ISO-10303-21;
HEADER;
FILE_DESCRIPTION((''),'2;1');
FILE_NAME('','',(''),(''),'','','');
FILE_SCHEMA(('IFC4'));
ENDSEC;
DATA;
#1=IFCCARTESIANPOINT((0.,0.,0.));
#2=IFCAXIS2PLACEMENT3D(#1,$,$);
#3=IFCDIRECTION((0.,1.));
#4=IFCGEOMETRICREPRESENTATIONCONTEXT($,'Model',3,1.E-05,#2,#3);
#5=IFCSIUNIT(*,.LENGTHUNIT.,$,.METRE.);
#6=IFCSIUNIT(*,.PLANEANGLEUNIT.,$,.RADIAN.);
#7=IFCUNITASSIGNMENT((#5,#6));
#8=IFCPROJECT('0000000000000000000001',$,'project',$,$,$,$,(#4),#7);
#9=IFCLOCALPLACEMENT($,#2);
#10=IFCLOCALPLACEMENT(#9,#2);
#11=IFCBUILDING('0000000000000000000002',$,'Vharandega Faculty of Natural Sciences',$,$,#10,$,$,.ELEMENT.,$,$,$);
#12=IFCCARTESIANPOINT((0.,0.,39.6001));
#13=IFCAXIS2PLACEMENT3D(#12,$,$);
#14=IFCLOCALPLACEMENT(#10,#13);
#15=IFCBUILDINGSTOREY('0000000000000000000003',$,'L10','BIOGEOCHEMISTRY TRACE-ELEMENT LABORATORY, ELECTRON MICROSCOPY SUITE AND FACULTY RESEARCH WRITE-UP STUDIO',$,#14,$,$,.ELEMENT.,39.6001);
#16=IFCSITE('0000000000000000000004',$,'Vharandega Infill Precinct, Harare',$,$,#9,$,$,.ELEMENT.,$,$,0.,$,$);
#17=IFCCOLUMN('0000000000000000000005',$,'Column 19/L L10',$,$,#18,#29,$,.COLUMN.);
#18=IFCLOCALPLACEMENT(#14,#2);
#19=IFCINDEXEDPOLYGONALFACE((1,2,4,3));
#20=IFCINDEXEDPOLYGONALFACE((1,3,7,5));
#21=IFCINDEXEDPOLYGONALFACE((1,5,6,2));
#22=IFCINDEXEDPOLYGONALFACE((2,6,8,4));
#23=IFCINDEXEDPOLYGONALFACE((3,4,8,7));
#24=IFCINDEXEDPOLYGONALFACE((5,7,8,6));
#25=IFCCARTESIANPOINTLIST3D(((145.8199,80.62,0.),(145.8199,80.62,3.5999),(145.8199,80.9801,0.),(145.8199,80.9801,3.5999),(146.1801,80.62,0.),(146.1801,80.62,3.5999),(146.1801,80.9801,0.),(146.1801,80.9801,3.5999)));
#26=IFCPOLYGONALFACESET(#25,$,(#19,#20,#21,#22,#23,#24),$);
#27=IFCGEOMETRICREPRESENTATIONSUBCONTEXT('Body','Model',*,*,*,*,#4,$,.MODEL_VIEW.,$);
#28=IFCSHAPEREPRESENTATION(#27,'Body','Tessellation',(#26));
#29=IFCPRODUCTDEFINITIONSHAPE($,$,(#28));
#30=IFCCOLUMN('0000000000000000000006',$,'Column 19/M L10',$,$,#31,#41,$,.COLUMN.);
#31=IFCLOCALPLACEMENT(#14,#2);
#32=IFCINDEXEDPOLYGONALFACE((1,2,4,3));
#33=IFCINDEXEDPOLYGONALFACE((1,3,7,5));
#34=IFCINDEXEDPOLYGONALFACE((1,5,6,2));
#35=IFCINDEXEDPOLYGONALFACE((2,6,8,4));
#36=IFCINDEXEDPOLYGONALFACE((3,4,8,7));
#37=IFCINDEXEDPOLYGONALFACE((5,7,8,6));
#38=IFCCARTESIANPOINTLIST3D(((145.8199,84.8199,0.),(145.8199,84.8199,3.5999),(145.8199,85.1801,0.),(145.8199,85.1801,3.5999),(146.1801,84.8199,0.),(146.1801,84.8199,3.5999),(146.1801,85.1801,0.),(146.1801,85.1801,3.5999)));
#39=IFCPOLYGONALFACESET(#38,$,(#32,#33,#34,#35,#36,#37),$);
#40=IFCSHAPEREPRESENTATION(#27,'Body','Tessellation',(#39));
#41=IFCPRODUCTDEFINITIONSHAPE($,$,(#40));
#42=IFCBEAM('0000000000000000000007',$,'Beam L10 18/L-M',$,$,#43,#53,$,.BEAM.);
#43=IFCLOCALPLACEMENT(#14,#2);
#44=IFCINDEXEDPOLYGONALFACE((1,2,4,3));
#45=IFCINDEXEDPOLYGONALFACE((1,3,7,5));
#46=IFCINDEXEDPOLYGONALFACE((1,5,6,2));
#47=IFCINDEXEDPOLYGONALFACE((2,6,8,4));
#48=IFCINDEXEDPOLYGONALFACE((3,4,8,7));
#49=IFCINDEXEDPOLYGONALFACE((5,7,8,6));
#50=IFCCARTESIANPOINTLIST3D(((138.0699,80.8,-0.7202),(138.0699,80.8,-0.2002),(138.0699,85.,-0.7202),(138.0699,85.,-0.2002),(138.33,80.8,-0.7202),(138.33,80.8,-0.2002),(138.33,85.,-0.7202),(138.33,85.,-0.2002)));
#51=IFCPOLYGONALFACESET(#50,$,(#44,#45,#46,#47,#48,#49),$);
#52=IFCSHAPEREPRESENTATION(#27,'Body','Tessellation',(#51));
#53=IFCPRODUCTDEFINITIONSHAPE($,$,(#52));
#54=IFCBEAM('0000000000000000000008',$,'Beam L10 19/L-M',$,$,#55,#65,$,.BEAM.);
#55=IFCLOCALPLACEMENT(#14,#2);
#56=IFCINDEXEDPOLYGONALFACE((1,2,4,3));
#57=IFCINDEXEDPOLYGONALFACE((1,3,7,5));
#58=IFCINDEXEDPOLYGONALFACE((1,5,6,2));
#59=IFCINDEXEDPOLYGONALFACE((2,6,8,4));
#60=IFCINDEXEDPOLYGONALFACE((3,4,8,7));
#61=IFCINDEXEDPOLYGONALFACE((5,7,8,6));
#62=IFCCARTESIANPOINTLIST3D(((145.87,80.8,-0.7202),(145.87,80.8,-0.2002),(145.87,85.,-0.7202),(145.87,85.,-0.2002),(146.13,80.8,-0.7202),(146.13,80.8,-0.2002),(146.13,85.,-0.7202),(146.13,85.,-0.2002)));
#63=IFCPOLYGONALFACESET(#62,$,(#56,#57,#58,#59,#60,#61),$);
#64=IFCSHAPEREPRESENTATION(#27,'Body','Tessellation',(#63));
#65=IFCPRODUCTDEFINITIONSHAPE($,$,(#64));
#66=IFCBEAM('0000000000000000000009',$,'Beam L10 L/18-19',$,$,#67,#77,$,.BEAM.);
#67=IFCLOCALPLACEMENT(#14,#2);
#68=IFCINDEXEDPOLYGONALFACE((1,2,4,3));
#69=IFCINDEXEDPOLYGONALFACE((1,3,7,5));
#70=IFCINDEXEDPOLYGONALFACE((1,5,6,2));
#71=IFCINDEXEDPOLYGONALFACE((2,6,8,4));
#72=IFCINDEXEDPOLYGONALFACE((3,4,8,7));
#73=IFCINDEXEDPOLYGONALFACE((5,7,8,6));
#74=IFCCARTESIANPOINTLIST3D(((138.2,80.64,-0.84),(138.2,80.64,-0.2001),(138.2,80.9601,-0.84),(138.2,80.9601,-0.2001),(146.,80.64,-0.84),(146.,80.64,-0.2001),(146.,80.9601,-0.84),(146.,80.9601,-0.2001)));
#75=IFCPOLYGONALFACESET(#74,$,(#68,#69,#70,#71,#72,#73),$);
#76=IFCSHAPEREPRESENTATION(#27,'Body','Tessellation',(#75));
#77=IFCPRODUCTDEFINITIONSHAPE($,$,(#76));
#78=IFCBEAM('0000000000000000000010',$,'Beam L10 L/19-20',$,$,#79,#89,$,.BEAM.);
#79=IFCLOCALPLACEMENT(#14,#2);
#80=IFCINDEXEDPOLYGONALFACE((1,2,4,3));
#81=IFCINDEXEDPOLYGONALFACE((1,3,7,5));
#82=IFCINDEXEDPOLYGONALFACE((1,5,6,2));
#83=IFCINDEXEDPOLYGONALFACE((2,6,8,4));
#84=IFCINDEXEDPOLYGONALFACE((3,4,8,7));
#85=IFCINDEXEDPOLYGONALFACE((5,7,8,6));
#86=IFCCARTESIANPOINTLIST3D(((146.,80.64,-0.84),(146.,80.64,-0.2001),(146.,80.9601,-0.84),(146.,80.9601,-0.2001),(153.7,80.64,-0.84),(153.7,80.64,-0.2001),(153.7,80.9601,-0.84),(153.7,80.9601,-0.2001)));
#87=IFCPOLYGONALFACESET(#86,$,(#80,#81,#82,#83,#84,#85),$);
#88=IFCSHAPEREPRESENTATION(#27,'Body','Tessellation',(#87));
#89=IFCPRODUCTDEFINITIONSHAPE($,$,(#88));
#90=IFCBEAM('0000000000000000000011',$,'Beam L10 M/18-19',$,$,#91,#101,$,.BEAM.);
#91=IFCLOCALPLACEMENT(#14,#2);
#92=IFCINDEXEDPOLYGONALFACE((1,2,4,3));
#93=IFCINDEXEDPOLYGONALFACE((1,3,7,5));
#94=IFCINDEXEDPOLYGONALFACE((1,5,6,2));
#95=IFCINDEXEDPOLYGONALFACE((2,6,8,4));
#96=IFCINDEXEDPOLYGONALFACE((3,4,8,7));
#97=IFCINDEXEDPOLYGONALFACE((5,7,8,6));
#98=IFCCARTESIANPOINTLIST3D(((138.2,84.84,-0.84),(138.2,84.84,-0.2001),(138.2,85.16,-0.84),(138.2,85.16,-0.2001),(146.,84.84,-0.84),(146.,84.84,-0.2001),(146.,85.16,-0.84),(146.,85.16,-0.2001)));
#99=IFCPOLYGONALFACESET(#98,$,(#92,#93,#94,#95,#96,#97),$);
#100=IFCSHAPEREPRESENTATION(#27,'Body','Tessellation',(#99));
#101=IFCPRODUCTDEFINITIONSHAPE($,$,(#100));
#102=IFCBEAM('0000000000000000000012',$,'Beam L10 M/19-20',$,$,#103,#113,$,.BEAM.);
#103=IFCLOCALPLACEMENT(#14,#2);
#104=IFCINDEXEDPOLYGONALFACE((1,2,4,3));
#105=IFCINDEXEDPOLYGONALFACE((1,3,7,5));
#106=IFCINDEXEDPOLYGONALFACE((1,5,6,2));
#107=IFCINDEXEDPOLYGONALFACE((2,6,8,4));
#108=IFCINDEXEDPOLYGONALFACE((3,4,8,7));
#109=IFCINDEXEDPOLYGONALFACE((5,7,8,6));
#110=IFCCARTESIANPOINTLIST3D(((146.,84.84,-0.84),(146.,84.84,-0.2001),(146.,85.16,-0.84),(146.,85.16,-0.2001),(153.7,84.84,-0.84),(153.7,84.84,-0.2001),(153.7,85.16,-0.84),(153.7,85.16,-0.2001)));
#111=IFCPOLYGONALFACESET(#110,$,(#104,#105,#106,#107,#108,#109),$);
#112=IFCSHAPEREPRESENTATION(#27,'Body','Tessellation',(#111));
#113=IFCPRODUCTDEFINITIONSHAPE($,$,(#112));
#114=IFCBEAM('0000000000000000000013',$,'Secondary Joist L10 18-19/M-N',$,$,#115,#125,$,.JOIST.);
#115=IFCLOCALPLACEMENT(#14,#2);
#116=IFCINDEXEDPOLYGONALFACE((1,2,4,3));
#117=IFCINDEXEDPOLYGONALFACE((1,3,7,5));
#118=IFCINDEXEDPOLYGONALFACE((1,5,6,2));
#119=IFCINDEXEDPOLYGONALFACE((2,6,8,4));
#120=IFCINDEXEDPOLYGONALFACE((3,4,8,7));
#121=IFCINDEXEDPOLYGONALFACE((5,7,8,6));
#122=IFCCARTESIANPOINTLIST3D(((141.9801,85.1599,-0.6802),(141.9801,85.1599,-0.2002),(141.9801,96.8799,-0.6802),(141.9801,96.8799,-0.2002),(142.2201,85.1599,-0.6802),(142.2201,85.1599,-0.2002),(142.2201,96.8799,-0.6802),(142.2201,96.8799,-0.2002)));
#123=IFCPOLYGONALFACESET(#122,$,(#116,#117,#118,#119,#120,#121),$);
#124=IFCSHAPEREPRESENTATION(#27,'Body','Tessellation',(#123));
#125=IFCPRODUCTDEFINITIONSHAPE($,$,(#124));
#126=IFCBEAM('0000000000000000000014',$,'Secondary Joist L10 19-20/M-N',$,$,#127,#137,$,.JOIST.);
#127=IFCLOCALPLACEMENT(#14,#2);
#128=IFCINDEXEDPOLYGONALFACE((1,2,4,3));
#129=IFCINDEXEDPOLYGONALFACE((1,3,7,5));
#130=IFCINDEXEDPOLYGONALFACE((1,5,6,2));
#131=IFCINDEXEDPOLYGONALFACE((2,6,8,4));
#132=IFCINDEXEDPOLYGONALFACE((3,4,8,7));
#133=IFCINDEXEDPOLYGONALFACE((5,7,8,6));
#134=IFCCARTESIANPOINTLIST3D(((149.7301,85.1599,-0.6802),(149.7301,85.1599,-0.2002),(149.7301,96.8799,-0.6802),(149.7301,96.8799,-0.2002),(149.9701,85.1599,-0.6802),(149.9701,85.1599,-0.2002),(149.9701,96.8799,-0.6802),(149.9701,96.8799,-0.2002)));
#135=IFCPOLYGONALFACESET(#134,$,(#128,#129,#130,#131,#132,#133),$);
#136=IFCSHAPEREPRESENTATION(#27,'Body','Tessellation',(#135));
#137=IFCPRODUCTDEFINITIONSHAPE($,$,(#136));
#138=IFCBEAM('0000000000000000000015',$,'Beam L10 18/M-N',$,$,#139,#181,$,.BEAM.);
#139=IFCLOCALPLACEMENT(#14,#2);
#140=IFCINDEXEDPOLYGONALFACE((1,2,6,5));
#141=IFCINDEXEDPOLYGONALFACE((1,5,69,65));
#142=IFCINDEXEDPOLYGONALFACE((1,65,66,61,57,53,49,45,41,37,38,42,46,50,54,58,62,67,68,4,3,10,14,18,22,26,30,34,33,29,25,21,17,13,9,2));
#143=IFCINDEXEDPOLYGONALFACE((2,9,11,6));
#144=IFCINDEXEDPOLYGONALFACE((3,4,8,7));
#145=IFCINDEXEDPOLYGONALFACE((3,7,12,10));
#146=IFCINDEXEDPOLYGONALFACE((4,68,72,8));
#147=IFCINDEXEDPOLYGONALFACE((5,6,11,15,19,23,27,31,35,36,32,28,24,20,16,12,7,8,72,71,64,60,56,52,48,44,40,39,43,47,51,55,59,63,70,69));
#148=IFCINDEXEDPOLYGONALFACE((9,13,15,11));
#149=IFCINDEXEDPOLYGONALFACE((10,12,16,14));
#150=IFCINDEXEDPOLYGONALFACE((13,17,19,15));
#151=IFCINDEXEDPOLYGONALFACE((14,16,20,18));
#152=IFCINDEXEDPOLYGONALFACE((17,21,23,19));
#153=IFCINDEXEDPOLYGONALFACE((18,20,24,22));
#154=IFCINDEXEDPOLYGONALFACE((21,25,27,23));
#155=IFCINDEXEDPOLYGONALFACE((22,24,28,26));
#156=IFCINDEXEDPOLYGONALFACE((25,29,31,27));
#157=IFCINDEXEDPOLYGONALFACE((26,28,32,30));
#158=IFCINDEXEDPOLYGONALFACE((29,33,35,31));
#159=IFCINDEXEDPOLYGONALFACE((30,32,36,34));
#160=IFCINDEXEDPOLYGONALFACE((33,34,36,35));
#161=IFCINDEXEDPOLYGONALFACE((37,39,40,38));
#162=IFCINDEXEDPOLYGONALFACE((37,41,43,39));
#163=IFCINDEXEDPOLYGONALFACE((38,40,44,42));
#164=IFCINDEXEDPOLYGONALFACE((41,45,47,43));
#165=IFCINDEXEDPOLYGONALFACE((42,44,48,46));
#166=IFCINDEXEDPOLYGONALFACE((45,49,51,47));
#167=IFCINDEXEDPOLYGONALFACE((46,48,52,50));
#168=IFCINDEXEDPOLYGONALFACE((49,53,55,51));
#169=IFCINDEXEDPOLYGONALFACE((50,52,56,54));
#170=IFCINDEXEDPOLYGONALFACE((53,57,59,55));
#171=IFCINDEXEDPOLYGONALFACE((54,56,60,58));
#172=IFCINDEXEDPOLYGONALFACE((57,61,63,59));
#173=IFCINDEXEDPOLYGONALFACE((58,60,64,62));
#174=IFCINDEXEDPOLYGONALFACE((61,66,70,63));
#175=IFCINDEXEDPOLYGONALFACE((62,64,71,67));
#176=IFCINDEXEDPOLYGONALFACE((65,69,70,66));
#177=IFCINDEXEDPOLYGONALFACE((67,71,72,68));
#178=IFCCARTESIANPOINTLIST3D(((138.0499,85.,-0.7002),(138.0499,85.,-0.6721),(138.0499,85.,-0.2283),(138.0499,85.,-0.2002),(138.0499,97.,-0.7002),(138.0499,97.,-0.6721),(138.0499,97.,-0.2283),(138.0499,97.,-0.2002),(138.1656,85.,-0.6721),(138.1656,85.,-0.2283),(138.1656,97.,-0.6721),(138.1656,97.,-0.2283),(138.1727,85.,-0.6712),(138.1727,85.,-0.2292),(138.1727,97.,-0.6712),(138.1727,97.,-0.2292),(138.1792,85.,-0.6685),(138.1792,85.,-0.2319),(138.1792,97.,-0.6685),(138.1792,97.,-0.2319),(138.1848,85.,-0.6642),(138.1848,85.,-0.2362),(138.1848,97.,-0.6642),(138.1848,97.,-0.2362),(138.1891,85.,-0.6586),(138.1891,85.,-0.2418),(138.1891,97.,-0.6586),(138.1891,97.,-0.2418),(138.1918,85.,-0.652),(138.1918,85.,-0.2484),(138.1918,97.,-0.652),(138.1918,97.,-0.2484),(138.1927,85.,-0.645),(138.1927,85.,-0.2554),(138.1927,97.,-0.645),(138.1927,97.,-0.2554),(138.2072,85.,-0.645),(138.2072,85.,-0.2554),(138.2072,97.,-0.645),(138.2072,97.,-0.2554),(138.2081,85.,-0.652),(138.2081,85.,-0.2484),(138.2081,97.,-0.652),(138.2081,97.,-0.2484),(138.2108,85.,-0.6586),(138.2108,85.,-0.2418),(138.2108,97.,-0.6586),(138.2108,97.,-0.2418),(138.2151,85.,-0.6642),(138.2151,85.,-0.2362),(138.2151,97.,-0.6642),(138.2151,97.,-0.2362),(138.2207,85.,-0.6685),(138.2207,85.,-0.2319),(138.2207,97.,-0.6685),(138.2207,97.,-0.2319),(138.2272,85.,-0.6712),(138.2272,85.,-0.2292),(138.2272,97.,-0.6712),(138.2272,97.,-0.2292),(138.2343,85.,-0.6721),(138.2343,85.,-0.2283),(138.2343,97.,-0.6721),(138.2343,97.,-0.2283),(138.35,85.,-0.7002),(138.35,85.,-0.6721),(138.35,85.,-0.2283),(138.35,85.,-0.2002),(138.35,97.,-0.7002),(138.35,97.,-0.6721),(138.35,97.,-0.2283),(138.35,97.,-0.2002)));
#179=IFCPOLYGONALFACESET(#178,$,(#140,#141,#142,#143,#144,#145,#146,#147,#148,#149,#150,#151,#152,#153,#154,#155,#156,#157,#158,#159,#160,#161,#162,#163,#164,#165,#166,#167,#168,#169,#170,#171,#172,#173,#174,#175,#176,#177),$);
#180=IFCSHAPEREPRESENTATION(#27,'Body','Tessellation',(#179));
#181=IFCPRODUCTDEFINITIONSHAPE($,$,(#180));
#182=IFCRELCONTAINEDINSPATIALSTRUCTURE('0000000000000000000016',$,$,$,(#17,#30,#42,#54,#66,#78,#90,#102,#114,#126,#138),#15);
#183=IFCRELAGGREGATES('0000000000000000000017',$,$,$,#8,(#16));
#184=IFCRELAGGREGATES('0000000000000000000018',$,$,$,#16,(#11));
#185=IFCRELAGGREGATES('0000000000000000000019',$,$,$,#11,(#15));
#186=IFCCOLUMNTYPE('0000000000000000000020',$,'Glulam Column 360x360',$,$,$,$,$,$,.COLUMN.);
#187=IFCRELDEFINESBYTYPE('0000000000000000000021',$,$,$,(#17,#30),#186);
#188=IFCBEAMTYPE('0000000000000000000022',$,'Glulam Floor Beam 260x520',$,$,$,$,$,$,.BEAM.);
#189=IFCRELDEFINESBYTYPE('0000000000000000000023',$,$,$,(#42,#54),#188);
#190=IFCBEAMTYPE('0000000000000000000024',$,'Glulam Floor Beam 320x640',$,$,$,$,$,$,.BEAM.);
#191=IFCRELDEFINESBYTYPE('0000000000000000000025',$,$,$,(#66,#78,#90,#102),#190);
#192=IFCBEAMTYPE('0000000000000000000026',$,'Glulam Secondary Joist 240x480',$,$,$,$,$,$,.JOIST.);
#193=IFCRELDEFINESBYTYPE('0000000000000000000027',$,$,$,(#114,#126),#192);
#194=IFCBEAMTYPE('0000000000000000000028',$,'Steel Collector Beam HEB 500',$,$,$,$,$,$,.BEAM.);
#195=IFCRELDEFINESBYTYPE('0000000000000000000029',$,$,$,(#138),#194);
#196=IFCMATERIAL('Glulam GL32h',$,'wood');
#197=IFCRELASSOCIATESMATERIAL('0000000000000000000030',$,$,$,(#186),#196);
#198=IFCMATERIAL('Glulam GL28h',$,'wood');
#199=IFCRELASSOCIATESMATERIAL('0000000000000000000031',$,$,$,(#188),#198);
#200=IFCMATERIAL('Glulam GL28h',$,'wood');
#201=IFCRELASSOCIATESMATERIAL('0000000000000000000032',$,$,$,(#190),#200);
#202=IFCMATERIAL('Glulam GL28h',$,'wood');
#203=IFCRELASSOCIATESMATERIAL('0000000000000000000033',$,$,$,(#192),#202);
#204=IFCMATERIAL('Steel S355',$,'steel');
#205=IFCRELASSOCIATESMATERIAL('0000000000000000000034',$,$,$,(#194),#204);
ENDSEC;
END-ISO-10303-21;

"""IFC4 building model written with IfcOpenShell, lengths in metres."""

from ifc_helpers import new_model, si_unit, direction, frame, origin, origin_2d, place, context, subcontext, project, spatial, rectangle, i_section, extrude, material, material_profile, profile_set, type_object, element, save


model = new_model("IFC4")

# Units and contexts
model_context = context("Model", 3, precision=1e-05, world=origin(), true_north=direction((0.0, 1.0)))
body_context = subcontext(model_context, "Body", "Model", "MODEL_VIEW")
ifc_project = project(units=[si_unit("LENGTHUNIT", "METRE"), si_unit("PLANEANGLEUNIT", "RADIAN")], contexts=[model_context])

# Site, building, storey
site_placement = place(None, origin())
site = spatial("IfcSite", under=ifc_project, at=site_placement, Name="Vharandega Infill Precinct, Harare", CompositionType="ELEMENT", RefElevation=0.0)
building_placement = place(site_placement, origin())
building = spatial("IfcBuilding", under=site, at=building_placement, Name="Vharandega Faculty of Natural Sciences", CompositionType="ELEMENT")
storey_placement = place(building_placement, frame((0.0, 0.0, 39.6001)))
storey = spatial("IfcBuildingStorey", under=building, at=storey_placement, Name="L10", Description="BIOGEOCHEMISTRY TRACE-ELEMENT LABORATORY, ELECTRON MICROSCOPY SUITE AND FACULTY RESEARCH WRITE-UP STUDIO", CompositionType="ELEMENT", Elevation=39.6001)

# Columns
ifc_material_1 = material(Name="Glulam GL32h", Category="wood")
ifc_material_profile_1 = material_profile(ifc_material_1, rectangle(XDim=0.3601, YDim=0.3601, at=origin_2d()), Name="GL32h 360x360")
ifc_profile_set_1 = profile_set([ifc_material_profile_1], Name="Glulam GL32h")
column_type = type_object("IfcColumnType", Name="Glulam Column 360x360", PredefinedType="COLUMN", material=ifc_profile_set_1)
for number, where, z_axis, x_axis, name in (
    (1, (146.0, 80.8, 0.0), (0.0, 0.0, 1.0), (1.0, 0.0, 0.0), "Column 19/L L10"),
    (2, (146.0, 85.0, 0.0), (0.0, 0.0, 1.0), (1.0, 0.0, 0.0), "Column 19/M L10"),
):
    element("IfcColumn", number, at=place(storey_placement, frame(where, z_axis=z_axis, x_axis=x_axis)), inside=storey, type_object=column_type, Name=name, PredefinedType="COLUMN", context=body_context, shape_type="SweptSolid", body=[
        extrude(rectangle(XDim=0.3601, YDim=0.3601, at=origin_2d()), origin(), (0.0, 0.0, 1.0), 3.5999),
    ])

# Beams
ifc_material_2 = material(Name="Glulam GL28h", Category="wood")
ifc_material_profile_2 = material_profile(ifc_material_2, rectangle(XDim=0.26, YDim=0.52, at=origin_2d()), Name="GL28h 260x520")
ifc_profile_set_2 = profile_set([ifc_material_profile_2], Name="Glulam GL28h")
beam_type_1 = type_object("IfcBeamType", Name="Glulam Floor Beam 260x520", PredefinedType="BEAM", material=ifc_profile_set_2)
for number, where, z_axis, x_axis, name in (
    (3, (138.2, 80.8, -0.4602), (0.0, 1.0, 0.0), (-1.0, 0.0, 0.0), "Beam L10 18/L-M"),
    (4, (146.0, 80.8, -0.4602), (0.0, 1.0, 0.0), (-1.0, 0.0, 0.0), "Beam L10 19/L-M"),
):
    element("IfcBeam", number, at=place(storey_placement, frame(where, z_axis=z_axis, x_axis=x_axis)), inside=storey, type_object=beam_type_1, Name=name, PredefinedType="BEAM", context=body_context, shape_type="SweptSolid", body=[
        extrude(rectangle(XDim=0.26, YDim=0.52, at=origin_2d()), origin(), (0.0, 0.0, 1.0), 4.2),
    ])
ifc_material_3 = material(Name="Glulam GL28h", Category="wood")
ifc_material_profile_3 = material_profile(ifc_material_3, rectangle(XDim=0.3201, YDim=0.6399, at=origin_2d()), Name="GL28h 320x640")
ifc_profile_set_3 = profile_set([ifc_material_profile_3], Name="Glulam GL28h")
beam_type_2 = type_object("IfcBeamType", Name="Glulam Floor Beam 320x640", PredefinedType="BEAM", material=ifc_profile_set_3)
beam_1_placement = place(storey_placement, frame((138.2, 80.8, -0.52), z_axis=(1.0, 0.0, 0.0), x_axis=(0.0, 1.0, 0.0)))
element("IfcBeam", 5, at=beam_1_placement, inside=storey, type_object=beam_type_2, Name="Beam L10 L/18-19", PredefinedType="BEAM", context=body_context, shape_type="SweptSolid", body=[
    extrude(rectangle(XDim=0.3201, YDim=0.6399, at=origin_2d()), origin(), (0.0, 0.0, 1.0), 7.8),
])
beam_2_placement = place(storey_placement, frame((146.0, 80.8, -0.52), z_axis=(1.0, 0.0, 0.0), x_axis=(0.0, 1.0, 0.0)))
element("IfcBeam", 6, at=beam_2_placement, inside=storey, type_object=beam_type_2, Name="Beam L10 L/19-20", PredefinedType="BEAM", context=body_context, shape_type="SweptSolid", body=[
    extrude(rectangle(XDim=0.3201, YDim=0.6399, at=origin_2d()), origin(), (0.0, 0.0, 1.0), 7.7),
])
beam_3_placement = place(storey_placement, frame((138.2, 85.0, -0.52), z_axis=(1.0, 0.0, 0.0), x_axis=(0.0, 1.0, 0.0)))
element("IfcBeam", 7, at=beam_3_placement, inside=storey, type_object=beam_type_2, Name="Beam L10 M/18-19", PredefinedType="BEAM", context=body_context, shape_type="SweptSolid", body=[
    extrude(rectangle(XDim=0.3201, YDim=0.6399, at=origin_2d()), origin(), (0.0, 0.0, 1.0), 7.8),
])
beam_4_placement = place(storey_placement, frame((146.0, 85.0, -0.52), z_axis=(1.0, 0.0, 0.0), x_axis=(0.0, 1.0, 0.0)))
element("IfcBeam", 8, at=beam_4_placement, inside=storey, type_object=beam_type_2, Name="Beam L10 M/19-20", PredefinedType="BEAM", context=body_context, shape_type="SweptSolid", body=[
    extrude(rectangle(XDim=0.3201, YDim=0.6399, at=origin_2d()), origin(), (0.0, 0.0, 1.0), 7.7),
])
ifc_material_4 = material(Name="Glulam GL28h", Category="wood")
ifc_material_profile_4 = material_profile(ifc_material_4, rectangle(XDim=0.24, YDim=0.48, at=origin_2d()), Name="GL28h 240x480")
ifc_profile_set_4 = profile_set([ifc_material_profile_4], Name="Glulam GL28h")
beam_type_3 = type_object("IfcBeamType", Name="Glulam Secondary Joist 240x480", PredefinedType="JOIST", material=ifc_profile_set_4)
for number, where, z_axis, x_axis, name in (
    (9, (142.1001, 85.1599, -0.4402), (0.0, 1.0, 0.0), (-1.0, 0.0, 0.0), "Secondary Joist L10 18-19/M-N"),
    (10, (149.8501, 85.1599, -0.4402), (0.0, 1.0, 0.0), (-1.0, 0.0, 0.0), "Secondary Joist L10 19-20/M-N"),
):
    element("IfcBeam", number, at=place(storey_placement, frame(where, z_axis=z_axis, x_axis=x_axis)), inside=storey, type_object=beam_type_3, Name=name, PredefinedType="JOIST", context=body_context, shape_type="SweptSolid", body=[
        extrude(rectangle(XDim=0.24, YDim=0.48, at=origin_2d()), origin(), (0.0, 0.0, 1.0), 11.72),
    ])
ifc_material_5 = material(Name="Steel S355", Category="steel")
ifc_material_profile_5 = material_profile(ifc_material_5, i_section(OverallWidth=0.3, OverallDepth=0.5, WebThickness=0.0144, FlangeThickness=0.0281, FilletRadius=0.0271, at=origin_2d()), Name="HEB 500")
ifc_profile_set_5 = profile_set([ifc_material_profile_5], Name="Steel S355")
beam_type_4 = type_object("IfcBeamType", Name="Steel Collector Beam HEB 500", PredefinedType="BEAM", material=ifc_profile_set_5)
for number, where, z_axis, x_axis, name in (
    (11, (138.2, 85.0, -0.4502), (0.0, 1.0, 0.0), (-1.0, 0.0, 0.0), "Beam L10 18/M-N"),
):
    element("IfcBeam", number, at=place(storey_placement, frame(where, z_axis=z_axis, x_axis=x_axis)), inside=storey, type_object=beam_type_4, Name=name, PredefinedType="BEAM", context=body_context, shape_type="SweptSolid", body=[
        extrude(i_section(OverallWidth=0.3, OverallDepth=0.5, WebThickness=0.0144, FlangeThickness=0.0281, FilletRadius=0.0271, at=origin_2d()), origin(), (0.0, 0.0, 1.0), 12.0),
    ])

save(model, "model.ifc")
